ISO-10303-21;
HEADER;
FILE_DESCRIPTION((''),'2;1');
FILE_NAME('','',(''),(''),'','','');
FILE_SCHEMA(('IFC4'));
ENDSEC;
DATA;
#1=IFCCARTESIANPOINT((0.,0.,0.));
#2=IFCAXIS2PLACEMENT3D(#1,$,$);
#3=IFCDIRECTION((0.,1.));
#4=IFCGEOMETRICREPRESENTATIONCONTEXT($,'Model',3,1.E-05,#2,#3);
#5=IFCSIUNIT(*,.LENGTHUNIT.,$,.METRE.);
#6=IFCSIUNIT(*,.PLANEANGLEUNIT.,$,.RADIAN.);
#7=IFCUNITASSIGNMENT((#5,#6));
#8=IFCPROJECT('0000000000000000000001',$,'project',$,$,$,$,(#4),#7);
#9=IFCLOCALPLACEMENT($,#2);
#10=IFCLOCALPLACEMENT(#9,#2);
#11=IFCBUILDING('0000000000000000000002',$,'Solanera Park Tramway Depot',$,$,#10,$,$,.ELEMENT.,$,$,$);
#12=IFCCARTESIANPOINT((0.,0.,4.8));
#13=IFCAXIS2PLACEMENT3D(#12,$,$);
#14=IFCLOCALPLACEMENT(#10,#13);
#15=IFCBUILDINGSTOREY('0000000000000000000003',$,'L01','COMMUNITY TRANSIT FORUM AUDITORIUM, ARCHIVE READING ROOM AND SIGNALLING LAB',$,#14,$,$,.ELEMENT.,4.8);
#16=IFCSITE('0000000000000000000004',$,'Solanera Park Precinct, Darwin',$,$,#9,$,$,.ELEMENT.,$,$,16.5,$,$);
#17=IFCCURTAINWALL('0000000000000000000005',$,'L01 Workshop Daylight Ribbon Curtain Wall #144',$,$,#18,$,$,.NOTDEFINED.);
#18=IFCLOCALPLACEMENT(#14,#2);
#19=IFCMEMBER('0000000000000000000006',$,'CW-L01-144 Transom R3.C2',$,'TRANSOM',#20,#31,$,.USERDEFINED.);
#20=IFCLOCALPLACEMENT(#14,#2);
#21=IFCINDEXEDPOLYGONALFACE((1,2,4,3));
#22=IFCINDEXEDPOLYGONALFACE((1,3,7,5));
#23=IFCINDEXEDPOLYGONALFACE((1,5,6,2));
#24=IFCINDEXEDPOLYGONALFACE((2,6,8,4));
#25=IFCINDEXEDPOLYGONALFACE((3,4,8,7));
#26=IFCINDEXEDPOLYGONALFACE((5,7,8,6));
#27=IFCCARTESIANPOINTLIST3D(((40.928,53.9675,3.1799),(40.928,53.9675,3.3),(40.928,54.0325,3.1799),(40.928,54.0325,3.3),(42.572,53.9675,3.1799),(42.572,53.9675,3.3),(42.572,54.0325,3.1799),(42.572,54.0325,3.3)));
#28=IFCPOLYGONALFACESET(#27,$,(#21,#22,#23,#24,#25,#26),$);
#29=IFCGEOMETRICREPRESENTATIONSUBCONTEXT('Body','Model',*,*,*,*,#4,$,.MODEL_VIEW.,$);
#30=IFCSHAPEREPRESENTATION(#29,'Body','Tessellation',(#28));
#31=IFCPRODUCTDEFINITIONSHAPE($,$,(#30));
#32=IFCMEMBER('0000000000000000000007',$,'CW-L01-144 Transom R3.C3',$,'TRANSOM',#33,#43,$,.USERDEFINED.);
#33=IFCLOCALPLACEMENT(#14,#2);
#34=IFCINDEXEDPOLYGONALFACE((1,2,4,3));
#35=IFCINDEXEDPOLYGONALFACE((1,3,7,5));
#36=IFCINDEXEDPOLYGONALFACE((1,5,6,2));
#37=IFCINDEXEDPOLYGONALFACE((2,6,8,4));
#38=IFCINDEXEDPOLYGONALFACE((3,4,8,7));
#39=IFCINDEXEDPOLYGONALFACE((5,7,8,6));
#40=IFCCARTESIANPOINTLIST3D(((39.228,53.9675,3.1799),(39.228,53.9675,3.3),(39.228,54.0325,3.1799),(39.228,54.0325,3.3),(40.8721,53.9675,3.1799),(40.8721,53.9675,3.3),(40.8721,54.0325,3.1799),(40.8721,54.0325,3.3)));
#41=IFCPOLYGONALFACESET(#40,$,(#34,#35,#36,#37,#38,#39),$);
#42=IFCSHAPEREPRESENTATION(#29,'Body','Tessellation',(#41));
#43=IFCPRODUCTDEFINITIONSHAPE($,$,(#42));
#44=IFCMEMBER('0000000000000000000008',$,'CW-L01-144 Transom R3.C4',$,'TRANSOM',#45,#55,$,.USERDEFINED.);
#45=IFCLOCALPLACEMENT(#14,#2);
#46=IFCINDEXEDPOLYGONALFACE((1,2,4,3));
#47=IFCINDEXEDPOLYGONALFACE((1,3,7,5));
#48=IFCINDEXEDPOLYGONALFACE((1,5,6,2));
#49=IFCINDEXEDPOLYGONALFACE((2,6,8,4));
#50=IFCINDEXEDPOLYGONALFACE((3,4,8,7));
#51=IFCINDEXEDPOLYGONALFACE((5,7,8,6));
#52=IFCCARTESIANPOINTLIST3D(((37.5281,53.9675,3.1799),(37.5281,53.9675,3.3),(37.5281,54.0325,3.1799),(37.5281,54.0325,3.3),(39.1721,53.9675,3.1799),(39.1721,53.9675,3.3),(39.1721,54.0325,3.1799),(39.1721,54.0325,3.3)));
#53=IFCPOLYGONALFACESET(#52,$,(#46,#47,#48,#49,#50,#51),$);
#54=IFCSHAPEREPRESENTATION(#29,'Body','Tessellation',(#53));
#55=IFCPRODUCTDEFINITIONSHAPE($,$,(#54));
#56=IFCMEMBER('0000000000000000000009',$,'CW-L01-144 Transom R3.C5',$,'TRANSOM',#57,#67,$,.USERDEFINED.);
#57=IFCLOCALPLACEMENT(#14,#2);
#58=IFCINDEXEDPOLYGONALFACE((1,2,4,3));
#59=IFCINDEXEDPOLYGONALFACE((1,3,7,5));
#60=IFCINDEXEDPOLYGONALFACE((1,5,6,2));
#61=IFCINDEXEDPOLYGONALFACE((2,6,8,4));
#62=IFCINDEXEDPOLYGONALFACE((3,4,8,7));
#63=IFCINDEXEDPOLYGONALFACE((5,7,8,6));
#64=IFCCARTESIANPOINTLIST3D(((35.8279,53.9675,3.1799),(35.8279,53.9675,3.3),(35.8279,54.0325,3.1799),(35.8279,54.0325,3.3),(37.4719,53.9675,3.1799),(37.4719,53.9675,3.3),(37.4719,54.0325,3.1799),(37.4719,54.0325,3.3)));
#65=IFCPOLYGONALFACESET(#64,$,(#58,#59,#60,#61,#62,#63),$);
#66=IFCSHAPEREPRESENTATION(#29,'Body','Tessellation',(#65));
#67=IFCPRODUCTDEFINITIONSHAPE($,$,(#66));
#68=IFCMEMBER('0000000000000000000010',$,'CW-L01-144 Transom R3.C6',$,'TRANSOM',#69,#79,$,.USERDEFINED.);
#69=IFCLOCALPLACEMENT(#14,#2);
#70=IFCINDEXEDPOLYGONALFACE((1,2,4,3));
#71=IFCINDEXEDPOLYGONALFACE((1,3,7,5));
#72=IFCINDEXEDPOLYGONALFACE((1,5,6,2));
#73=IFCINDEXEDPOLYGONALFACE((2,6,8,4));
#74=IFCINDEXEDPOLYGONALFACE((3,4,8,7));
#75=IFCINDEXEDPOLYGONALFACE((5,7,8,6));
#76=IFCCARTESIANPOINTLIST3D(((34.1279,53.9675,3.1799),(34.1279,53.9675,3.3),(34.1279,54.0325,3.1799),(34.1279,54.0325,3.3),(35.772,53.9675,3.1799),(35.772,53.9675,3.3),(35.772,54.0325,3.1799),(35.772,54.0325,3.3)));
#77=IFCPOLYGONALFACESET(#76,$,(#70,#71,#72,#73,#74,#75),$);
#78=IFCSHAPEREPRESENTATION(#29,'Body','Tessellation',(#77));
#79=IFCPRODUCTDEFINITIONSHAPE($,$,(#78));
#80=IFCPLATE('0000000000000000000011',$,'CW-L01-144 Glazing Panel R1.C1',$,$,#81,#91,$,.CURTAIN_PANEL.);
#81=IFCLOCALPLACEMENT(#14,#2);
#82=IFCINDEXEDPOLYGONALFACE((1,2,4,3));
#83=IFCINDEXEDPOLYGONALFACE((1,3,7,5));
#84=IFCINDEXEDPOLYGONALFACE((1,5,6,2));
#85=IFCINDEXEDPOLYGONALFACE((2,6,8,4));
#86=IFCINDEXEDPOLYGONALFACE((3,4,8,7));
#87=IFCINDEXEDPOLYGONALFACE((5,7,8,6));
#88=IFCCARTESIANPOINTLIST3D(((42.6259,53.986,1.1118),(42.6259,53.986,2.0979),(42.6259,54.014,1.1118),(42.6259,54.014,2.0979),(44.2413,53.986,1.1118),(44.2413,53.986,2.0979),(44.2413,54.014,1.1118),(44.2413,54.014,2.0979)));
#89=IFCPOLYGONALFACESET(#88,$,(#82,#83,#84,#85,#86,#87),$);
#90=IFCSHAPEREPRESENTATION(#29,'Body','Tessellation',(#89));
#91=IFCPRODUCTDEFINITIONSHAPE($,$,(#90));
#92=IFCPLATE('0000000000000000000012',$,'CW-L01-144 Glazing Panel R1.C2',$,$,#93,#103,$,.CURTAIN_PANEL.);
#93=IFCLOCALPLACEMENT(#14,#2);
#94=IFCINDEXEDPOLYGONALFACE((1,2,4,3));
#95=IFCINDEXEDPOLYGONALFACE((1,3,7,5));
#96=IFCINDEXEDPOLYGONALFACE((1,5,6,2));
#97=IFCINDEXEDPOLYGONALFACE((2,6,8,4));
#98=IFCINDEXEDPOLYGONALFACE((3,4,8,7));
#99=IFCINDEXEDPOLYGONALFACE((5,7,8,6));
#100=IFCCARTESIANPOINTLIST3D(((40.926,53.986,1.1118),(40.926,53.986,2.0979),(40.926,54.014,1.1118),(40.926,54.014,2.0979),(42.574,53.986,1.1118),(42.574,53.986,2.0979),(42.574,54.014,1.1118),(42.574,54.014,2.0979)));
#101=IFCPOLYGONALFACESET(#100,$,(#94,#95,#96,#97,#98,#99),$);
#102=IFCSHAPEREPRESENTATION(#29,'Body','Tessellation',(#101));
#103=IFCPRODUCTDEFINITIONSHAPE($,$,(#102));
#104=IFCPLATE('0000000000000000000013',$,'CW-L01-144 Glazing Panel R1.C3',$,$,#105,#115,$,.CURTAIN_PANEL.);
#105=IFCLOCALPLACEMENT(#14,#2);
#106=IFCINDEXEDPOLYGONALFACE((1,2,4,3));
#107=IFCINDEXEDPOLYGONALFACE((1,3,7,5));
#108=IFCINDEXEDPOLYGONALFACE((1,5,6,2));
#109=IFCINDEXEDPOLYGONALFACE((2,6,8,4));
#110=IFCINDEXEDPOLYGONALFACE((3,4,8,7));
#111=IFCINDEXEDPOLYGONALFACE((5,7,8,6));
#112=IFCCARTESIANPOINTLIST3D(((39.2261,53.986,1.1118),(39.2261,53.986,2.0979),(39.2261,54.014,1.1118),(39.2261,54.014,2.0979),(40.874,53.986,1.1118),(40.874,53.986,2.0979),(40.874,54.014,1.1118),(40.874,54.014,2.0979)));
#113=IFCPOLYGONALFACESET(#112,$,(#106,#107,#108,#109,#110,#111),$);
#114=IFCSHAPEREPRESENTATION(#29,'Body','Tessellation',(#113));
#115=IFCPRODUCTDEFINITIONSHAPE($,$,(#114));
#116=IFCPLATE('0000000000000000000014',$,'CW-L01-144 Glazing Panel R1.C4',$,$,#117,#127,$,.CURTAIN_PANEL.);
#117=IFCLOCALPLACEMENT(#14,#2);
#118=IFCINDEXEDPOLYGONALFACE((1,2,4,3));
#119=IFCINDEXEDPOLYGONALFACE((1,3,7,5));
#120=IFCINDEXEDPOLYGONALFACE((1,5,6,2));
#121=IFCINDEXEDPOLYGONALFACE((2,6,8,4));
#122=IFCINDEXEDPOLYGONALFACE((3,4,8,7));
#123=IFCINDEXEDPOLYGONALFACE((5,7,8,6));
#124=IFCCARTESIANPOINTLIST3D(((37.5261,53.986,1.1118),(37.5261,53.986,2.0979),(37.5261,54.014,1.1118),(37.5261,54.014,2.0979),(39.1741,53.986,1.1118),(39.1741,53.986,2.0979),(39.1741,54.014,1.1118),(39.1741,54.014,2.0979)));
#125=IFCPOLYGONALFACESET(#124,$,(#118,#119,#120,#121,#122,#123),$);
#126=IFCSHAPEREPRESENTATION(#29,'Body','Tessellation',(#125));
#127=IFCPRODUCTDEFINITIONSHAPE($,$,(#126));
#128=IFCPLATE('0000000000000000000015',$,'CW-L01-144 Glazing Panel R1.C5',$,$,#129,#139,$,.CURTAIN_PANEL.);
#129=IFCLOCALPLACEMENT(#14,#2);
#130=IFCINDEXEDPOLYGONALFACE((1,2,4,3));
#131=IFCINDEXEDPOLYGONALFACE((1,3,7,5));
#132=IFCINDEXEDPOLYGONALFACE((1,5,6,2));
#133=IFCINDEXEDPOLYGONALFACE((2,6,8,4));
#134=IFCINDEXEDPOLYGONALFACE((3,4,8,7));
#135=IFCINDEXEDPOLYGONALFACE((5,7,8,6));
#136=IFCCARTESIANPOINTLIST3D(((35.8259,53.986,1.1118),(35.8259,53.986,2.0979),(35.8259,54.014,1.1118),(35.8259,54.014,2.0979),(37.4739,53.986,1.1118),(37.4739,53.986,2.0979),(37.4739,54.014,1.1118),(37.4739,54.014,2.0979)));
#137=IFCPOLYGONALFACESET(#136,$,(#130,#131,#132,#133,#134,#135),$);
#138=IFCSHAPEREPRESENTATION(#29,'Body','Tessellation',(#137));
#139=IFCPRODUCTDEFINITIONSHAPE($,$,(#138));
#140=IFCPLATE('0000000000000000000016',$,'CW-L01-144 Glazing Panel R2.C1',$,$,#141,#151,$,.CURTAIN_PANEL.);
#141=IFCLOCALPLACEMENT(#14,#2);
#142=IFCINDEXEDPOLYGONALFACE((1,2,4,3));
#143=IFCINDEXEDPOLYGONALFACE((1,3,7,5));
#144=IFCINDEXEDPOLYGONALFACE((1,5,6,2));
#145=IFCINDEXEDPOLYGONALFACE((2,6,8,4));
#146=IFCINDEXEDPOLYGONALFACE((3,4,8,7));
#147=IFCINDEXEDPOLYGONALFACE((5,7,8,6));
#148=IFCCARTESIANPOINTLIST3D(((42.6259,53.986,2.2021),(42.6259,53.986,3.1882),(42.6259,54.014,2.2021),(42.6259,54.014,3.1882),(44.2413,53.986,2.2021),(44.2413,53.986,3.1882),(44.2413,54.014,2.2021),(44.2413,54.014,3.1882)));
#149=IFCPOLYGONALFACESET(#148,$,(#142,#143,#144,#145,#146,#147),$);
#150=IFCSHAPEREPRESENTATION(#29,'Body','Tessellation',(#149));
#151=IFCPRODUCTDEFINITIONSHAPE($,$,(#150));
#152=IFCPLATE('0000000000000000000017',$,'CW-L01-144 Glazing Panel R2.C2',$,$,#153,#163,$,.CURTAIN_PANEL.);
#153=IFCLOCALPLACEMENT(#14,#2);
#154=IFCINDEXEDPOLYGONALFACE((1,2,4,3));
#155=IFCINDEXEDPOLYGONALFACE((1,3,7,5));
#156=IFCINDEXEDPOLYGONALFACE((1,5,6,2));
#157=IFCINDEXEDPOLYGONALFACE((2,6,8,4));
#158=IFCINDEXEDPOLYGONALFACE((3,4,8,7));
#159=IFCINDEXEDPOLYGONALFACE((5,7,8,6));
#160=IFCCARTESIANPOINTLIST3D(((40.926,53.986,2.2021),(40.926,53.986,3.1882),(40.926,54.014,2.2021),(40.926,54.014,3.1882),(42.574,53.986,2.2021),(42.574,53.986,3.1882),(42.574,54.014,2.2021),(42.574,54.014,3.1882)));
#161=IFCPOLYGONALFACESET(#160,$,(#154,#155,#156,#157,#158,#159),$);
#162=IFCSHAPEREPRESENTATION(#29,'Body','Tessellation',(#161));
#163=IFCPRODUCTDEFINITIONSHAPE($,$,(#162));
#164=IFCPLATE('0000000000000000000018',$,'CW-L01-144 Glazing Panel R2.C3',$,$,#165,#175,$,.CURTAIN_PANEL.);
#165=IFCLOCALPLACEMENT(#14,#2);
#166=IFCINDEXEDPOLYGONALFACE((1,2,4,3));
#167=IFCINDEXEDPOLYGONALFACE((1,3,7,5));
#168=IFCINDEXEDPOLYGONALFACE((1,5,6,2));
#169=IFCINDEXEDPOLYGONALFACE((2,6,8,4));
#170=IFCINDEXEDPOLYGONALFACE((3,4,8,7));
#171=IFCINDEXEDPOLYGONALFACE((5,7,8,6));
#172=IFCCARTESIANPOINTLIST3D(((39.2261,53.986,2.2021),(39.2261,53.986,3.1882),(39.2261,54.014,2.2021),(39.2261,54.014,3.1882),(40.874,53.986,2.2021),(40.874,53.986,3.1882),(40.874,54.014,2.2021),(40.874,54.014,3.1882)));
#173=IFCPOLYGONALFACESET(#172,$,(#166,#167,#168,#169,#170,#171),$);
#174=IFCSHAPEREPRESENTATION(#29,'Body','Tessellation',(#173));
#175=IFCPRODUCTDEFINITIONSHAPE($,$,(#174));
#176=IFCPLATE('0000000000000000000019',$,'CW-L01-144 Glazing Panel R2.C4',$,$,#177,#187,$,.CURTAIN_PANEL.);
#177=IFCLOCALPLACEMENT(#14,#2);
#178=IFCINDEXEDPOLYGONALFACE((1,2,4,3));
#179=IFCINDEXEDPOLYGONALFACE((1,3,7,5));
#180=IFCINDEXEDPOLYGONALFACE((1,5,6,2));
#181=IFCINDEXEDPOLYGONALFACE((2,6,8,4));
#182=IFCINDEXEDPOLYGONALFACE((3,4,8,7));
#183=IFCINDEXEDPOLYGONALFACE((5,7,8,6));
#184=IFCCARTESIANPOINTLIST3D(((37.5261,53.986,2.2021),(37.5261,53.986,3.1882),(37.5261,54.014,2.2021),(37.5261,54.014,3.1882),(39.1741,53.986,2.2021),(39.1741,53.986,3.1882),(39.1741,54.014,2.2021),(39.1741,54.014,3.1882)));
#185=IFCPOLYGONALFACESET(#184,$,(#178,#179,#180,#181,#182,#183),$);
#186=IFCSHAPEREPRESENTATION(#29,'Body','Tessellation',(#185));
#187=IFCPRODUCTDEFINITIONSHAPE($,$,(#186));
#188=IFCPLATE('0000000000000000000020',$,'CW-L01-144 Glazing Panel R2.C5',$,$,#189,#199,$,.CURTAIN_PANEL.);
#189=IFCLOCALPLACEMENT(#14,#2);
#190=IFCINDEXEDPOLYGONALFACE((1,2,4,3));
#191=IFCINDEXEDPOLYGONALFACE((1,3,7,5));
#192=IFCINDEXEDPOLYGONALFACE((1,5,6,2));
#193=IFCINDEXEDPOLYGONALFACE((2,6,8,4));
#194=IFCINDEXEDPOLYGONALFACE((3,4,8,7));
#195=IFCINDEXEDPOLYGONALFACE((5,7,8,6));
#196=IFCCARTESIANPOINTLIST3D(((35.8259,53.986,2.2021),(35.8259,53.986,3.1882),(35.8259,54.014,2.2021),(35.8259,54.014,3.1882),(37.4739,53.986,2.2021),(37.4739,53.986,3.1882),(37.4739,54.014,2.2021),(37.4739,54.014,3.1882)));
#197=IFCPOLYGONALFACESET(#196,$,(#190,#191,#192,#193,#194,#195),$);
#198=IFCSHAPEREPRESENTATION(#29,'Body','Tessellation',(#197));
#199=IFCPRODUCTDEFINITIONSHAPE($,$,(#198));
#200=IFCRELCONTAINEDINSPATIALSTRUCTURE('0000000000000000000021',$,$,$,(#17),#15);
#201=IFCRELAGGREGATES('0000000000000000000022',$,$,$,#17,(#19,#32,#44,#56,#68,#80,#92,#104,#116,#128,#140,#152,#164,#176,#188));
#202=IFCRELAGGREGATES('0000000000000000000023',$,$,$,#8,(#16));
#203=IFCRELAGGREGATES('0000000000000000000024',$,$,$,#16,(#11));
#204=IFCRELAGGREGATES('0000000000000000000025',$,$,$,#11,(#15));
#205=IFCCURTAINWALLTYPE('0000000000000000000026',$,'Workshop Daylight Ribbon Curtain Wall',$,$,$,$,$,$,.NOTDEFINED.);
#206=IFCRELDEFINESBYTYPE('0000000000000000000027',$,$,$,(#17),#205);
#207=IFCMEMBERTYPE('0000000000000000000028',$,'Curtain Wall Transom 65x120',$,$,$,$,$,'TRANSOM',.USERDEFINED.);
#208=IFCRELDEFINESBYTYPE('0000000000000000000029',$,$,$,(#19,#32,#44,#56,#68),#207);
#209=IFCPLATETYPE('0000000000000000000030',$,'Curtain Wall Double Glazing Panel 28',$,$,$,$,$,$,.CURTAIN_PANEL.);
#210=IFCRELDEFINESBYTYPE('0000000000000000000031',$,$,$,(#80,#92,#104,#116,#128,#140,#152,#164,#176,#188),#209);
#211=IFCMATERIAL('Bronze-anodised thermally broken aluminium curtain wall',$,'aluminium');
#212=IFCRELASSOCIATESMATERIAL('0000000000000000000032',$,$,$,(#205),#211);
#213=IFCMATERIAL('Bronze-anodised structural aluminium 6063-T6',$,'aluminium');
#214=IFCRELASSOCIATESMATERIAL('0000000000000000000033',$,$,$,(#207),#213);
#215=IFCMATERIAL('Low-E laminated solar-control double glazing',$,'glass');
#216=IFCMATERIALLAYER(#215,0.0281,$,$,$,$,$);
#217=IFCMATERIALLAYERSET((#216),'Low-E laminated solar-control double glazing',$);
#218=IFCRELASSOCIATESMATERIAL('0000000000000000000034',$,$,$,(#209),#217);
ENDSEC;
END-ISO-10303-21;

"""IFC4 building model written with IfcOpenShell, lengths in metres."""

from ifc_helpers import new_model, si_unit, direction, frame, origin, origin_2d, place, context, subcontext, project, spatial, rectangle, extrude, material, layer, layer_set, material_profile, profile_set, type_object, element, aggregate, save


model = new_model("IFC4")

# Units and contexts
model_context = context("Model", 3, precision=1e-05, world=origin(), true_north=direction((0.0, 1.0)))
body_context = subcontext(model_context, "Body", "Model", "MODEL_VIEW")
ifc_project = project(units=[si_unit("LENGTHUNIT", "METRE"), si_unit("PLANEANGLEUNIT", "RADIAN")], contexts=[model_context])

# Site, building, storey
site_placement = place(None, origin())
site = spatial("IfcSite", under=ifc_project, at=site_placement, Name="Solanera Park Precinct, Darwin", CompositionType="ELEMENT", RefElevation=16.5)
building_placement = place(site_placement, origin())
building = spatial("IfcBuilding", under=site, at=building_placement, Name="Solanera Park Tramway Depot", CompositionType="ELEMENT")
storey_placement = place(building_placement, frame((0.0, 0.0, 4.8)))
storey = spatial("IfcBuildingStorey", under=building, at=storey_placement, Name="L01", Description="COMMUNITY TRANSIT FORUM AUDITORIUM, ARCHIVE READING ROOM AND SIGNALLING LAB", CompositionType="ELEMENT", Elevation=4.8)

# Curtain wall, members, plates
ifc_material_1 = material(Name="Bronze-anodised thermally broken aluminium curtain wall", Category="aluminium")
curtain_wall_type = type_object("IfcCurtainWallType", Name="Workshop Daylight Ribbon Curtain Wall", PredefinedType="NOTDEFINED", material=ifc_material_1)
curtain_wall_placement = place(storey_placement, origin())
curtain_wall = element("IfcCurtainWall", 1, at=curtain_wall_placement, inside=storey, type_object=curtain_wall_type, Name="L01 Workshop Daylight Ribbon Curtain Wall #144", PredefinedType="NOTDEFINED")
ifc_material_2 = material(Name="Bronze-anodised structural aluminium 6063-T6", Category="aluminium")
ifc_material_profile_1 = material_profile(ifc_material_2, rectangle(XDim=0.0649, YDim=0.1201, at=origin_2d()), Name="Curtain Wall Transom 65x120")
ifc_profile_set_1 = profile_set([ifc_material_profile_1], Name="Bronze-anodised structural aluminium 6063-T6")
member_type_1 = type_object("IfcMemberType", Name="Curtain Wall Transom 65x120", ElementType="TRANSOM", PredefinedType="USERDEFINED", material=ifc_profile_set_1)
member_1_placement = place(storey_placement, frame((42.572, 54.0, 3.24), z_axis=(-1.0, 0.0, 0.0), x_axis=(0.0, -1.0, 0.0)))
member_1 = element("IfcMember", 2, at=member_1_placement, type_object=member_type_1, Name="CW-L01-144 Transom R3.C2", ObjectType="TRANSOM", PredefinedType="USERDEFINED", context=body_context, shape_type="SweptSolid", body=[
    extrude(rectangle(XDim=0.0649, YDim=0.1201, at=origin_2d()), origin(), (0.0, 0.0, 1.0), 1.644),
])
member_2_placement = place(storey_placement, frame((40.8721, 54.0, 3.24), z_axis=(-1.0, 0.0, 0.0), x_axis=(0.0, -1.0, 0.0)))
member_2 = element("IfcMember", 3, at=member_2_placement, type_object=member_type_1, Name="CW-L01-144 Transom R3.C3", ObjectType="TRANSOM", PredefinedType="USERDEFINED", context=body_context, shape_type="SweptSolid", body=[
    extrude(rectangle(XDim=0.0649, YDim=0.1201, at=origin_2d()), origin(), (0.0, 0.0, 1.0), 1.644),
])
member_3_placement = place(storey_placement, frame((39.1721, 54.0, 3.24), z_axis=(-1.0, 0.0, 0.0), x_axis=(0.0, -1.0, 0.0)))
member_3 = element("IfcMember", 4, at=member_3_placement, type_object=member_type_1, Name="CW-L01-144 Transom R3.C4", ObjectType="TRANSOM", PredefinedType="USERDEFINED", context=body_context, shape_type="SweptSolid", body=[
    extrude(rectangle(XDim=0.0649, YDim=0.1201, at=origin_2d()), origin(), (0.0, 0.0, 1.0), 1.644),
])
member_4_placement = place(storey_placement, frame((37.4719, 54.0, 3.24), z_axis=(-1.0, 0.0, 0.0), x_axis=(0.0, -1.0, 0.0)))
member_4 = element("IfcMember", 5, at=member_4_placement, type_object=member_type_1, Name="CW-L01-144 Transom R3.C5", ObjectType="TRANSOM", PredefinedType="USERDEFINED", context=body_context, shape_type="SweptSolid", body=[
    extrude(rectangle(XDim=0.0649, YDim=0.1201, at=origin_2d()), origin(), (0.0, 0.0, 1.0), 1.644),
])
member_5_placement = place(storey_placement, frame((35.772, 54.0, 3.24), z_axis=(-1.0, 0.0, 0.0), x_axis=(0.0, -1.0, 0.0)))
member_5 = element("IfcMember", 6, at=member_5_placement, type_object=member_type_1, Name="CW-L01-144 Transom R3.C6", ObjectType="TRANSOM", PredefinedType="USERDEFINED", context=body_context, shape_type="SweptSolid", body=[
    extrude(rectangle(XDim=0.0649, YDim=0.1201, at=origin_2d()), origin(), (0.0, 0.0, 1.0), 1.644),
])
ifc_material_3 = material(Name="Low-E laminated solar-control double glazing", Category="glass")
ifc_layer = layer(ifc_material_3, 0.0281)
ifc_layer_set = layer_set([ifc_layer], Name="Low-E laminated solar-control double glazing")
plate_type = type_object("IfcPlateType", Name="Curtain Wall Double Glazing Panel 28", PredefinedType="CURTAIN_PANEL", material=ifc_layer_set)
plate_1_placement = place(storey_placement, frame((43.4336, 54.0, 1.1118), z_axis=(0.0, 0.0, 1.0), x_axis=(-1.0, 0.0, 0.0)))
plate_1 = element("IfcPlate", 7, at=plate_1_placement, type_object=plate_type, Name="CW-L01-144 Glazing Panel R1.C1", PredefinedType="CURTAIN_PANEL", context=body_context, shape_type="SweptSolid", body=[
    extrude(rectangle(XDim=1.6155, YDim=0.0281, at=origin_2d()), origin(), (0.0, 0.0, 1.0), 0.9861),
])
plate_2_placement = place(storey_placement, frame((41.75, 54.0, 1.1118), z_axis=(0.0, 0.0, 1.0), x_axis=(-1.0, 0.0, 0.0)))
plate_2 = element("IfcPlate", 8, at=plate_2_placement, type_object=plate_type, Name="CW-L01-144 Glazing Panel R1.C2", PredefinedType="CURTAIN_PANEL", context=body_context, shape_type="SweptSolid", body=[
    extrude(rectangle(XDim=1.6479, YDim=0.0281, at=origin_2d()), origin(), (0.0, 0.0, 1.0), 0.9861),
])
plate_3_placement = place(storey_placement, frame((40.05, 54.0, 1.1118), z_axis=(0.0, 0.0, 1.0), x_axis=(-1.0, 0.0, 0.0)))
plate_3 = element("IfcPlate", 9, at=plate_3_placement, type_object=plate_type, Name="CW-L01-144 Glazing Panel R1.C3", PredefinedType="CURTAIN_PANEL", context=body_context, shape_type="SweptSolid", body=[
    extrude(rectangle(XDim=1.6479, YDim=0.0281, at=origin_2d()), origin(), (0.0, 0.0, 1.0), 0.9861),
])
plate_4_placement = place(storey_placement, frame((38.3501, 54.0, 1.1118), z_axis=(0.0, 0.0, 1.0), x_axis=(-1.0, 0.0, 0.0)))
plate_4 = element("IfcPlate", 10, at=plate_4_placement, type_object=plate_type, Name="CW-L01-144 Glazing Panel R1.C4", PredefinedType="CURTAIN_PANEL", context=body_context, shape_type="SweptSolid", body=[
    extrude(rectangle(XDim=1.6479, YDim=0.0281, at=origin_2d()), origin(), (0.0, 0.0, 1.0), 0.9861),
])
plate_5_placement = place(storey_placement, frame((36.6499, 54.0, 1.1118), z_axis=(0.0, 0.0, 1.0), x_axis=(-1.0, 0.0, 0.0)))
plate_5 = element("IfcPlate", 11, at=plate_5_placement, type_object=plate_type, Name="CW-L01-144 Glazing Panel R1.C5", PredefinedType="CURTAIN_PANEL", context=body_context, shape_type="SweptSolid", body=[
    extrude(rectangle(XDim=1.6479, YDim=0.0281, at=origin_2d()), origin(), (0.0, 0.0, 1.0), 0.9861),
])
plate_6_placement = place(storey_placement, frame((43.4336, 54.0, 2.2021), z_axis=(0.0, 0.0, 1.0), x_axis=(-1.0, 0.0, 0.0)))
plate_6 = element("IfcPlate", 12, at=plate_6_placement, type_object=plate_type, Name="CW-L01-144 Glazing Panel R2.C1", PredefinedType="CURTAIN_PANEL", context=body_context, shape_type="SweptSolid", body=[
    extrude(rectangle(XDim=1.6155, YDim=0.0281, at=origin_2d()), origin(), (0.0, 0.0, 1.0), 0.9861),
])
plate_7_placement = place(storey_placement, frame((41.75, 54.0, 2.2021), z_axis=(0.0, 0.0, 1.0), x_axis=(-1.0, 0.0, 0.0)))
plate_7 = element("IfcPlate", 13, at=plate_7_placement, type_object=plate_type, Name="CW-L01-144 Glazing Panel R2.C2", PredefinedType="CURTAIN_PANEL", context=body_context, shape_type="SweptSolid", body=[
    extrude(rectangle(XDim=1.6479, YDim=0.0281, at=origin_2d()), origin(), (0.0, 0.0, 1.0), 0.9861),
])
plate_8_placement = place(storey_placement, frame((40.05, 54.0, 2.2021), z_axis=(0.0, 0.0, 1.0), x_axis=(-1.0, 0.0, 0.0)))
plate_8 = element("IfcPlate", 14, at=plate_8_placement, type_object=plate_type, Name="CW-L01-144 Glazing Panel R2.C3", PredefinedType="CURTAIN_PANEL", context=body_context, shape_type="SweptSolid", body=[
    extrude(rectangle(XDim=1.6479, YDim=0.0281, at=origin_2d()), origin(), (0.0, 0.0, 1.0), 0.9861),
])
plate_9_placement = place(storey_placement, frame((38.3501, 54.0, 2.2021), z_axis=(0.0, 0.0, 1.0), x_axis=(-1.0, 0.0, 0.0)))
plate_9 = element("IfcPlate", 15, at=plate_9_placement, type_object=plate_type, Name="CW-L01-144 Glazing Panel R2.C4", PredefinedType="CURTAIN_PANEL", context=body_context, shape_type="SweptSolid", body=[
    extrude(rectangle(XDim=1.6479, YDim=0.0281, at=origin_2d()), origin(), (0.0, 0.0, 1.0), 0.9861),
])
plate_10_placement = place(storey_placement, frame((36.6499, 54.0, 2.2021), z_axis=(0.0, 0.0, 1.0), x_axis=(-1.0, 0.0, 0.0)))
plate_10 = element("IfcPlate", 16, at=plate_10_placement, type_object=plate_type, Name="CW-L01-144 Glazing Panel R2.C5", PredefinedType="CURTAIN_PANEL", context=body_context, shape_type="SweptSolid", body=[
    extrude(rectangle(XDim=1.6479, YDim=0.0281, at=origin_2d()), origin(), (0.0, 0.0, 1.0), 0.9861),
])
aggregate(curtain_wall, [member_1, member_2, member_3, member_4, member_5, plate_1, plate_2, plate_3, plate_4, plate_5, plate_6, plate_7, plate_8, plate_9, plate_10])

save(model, "model.ifc")
